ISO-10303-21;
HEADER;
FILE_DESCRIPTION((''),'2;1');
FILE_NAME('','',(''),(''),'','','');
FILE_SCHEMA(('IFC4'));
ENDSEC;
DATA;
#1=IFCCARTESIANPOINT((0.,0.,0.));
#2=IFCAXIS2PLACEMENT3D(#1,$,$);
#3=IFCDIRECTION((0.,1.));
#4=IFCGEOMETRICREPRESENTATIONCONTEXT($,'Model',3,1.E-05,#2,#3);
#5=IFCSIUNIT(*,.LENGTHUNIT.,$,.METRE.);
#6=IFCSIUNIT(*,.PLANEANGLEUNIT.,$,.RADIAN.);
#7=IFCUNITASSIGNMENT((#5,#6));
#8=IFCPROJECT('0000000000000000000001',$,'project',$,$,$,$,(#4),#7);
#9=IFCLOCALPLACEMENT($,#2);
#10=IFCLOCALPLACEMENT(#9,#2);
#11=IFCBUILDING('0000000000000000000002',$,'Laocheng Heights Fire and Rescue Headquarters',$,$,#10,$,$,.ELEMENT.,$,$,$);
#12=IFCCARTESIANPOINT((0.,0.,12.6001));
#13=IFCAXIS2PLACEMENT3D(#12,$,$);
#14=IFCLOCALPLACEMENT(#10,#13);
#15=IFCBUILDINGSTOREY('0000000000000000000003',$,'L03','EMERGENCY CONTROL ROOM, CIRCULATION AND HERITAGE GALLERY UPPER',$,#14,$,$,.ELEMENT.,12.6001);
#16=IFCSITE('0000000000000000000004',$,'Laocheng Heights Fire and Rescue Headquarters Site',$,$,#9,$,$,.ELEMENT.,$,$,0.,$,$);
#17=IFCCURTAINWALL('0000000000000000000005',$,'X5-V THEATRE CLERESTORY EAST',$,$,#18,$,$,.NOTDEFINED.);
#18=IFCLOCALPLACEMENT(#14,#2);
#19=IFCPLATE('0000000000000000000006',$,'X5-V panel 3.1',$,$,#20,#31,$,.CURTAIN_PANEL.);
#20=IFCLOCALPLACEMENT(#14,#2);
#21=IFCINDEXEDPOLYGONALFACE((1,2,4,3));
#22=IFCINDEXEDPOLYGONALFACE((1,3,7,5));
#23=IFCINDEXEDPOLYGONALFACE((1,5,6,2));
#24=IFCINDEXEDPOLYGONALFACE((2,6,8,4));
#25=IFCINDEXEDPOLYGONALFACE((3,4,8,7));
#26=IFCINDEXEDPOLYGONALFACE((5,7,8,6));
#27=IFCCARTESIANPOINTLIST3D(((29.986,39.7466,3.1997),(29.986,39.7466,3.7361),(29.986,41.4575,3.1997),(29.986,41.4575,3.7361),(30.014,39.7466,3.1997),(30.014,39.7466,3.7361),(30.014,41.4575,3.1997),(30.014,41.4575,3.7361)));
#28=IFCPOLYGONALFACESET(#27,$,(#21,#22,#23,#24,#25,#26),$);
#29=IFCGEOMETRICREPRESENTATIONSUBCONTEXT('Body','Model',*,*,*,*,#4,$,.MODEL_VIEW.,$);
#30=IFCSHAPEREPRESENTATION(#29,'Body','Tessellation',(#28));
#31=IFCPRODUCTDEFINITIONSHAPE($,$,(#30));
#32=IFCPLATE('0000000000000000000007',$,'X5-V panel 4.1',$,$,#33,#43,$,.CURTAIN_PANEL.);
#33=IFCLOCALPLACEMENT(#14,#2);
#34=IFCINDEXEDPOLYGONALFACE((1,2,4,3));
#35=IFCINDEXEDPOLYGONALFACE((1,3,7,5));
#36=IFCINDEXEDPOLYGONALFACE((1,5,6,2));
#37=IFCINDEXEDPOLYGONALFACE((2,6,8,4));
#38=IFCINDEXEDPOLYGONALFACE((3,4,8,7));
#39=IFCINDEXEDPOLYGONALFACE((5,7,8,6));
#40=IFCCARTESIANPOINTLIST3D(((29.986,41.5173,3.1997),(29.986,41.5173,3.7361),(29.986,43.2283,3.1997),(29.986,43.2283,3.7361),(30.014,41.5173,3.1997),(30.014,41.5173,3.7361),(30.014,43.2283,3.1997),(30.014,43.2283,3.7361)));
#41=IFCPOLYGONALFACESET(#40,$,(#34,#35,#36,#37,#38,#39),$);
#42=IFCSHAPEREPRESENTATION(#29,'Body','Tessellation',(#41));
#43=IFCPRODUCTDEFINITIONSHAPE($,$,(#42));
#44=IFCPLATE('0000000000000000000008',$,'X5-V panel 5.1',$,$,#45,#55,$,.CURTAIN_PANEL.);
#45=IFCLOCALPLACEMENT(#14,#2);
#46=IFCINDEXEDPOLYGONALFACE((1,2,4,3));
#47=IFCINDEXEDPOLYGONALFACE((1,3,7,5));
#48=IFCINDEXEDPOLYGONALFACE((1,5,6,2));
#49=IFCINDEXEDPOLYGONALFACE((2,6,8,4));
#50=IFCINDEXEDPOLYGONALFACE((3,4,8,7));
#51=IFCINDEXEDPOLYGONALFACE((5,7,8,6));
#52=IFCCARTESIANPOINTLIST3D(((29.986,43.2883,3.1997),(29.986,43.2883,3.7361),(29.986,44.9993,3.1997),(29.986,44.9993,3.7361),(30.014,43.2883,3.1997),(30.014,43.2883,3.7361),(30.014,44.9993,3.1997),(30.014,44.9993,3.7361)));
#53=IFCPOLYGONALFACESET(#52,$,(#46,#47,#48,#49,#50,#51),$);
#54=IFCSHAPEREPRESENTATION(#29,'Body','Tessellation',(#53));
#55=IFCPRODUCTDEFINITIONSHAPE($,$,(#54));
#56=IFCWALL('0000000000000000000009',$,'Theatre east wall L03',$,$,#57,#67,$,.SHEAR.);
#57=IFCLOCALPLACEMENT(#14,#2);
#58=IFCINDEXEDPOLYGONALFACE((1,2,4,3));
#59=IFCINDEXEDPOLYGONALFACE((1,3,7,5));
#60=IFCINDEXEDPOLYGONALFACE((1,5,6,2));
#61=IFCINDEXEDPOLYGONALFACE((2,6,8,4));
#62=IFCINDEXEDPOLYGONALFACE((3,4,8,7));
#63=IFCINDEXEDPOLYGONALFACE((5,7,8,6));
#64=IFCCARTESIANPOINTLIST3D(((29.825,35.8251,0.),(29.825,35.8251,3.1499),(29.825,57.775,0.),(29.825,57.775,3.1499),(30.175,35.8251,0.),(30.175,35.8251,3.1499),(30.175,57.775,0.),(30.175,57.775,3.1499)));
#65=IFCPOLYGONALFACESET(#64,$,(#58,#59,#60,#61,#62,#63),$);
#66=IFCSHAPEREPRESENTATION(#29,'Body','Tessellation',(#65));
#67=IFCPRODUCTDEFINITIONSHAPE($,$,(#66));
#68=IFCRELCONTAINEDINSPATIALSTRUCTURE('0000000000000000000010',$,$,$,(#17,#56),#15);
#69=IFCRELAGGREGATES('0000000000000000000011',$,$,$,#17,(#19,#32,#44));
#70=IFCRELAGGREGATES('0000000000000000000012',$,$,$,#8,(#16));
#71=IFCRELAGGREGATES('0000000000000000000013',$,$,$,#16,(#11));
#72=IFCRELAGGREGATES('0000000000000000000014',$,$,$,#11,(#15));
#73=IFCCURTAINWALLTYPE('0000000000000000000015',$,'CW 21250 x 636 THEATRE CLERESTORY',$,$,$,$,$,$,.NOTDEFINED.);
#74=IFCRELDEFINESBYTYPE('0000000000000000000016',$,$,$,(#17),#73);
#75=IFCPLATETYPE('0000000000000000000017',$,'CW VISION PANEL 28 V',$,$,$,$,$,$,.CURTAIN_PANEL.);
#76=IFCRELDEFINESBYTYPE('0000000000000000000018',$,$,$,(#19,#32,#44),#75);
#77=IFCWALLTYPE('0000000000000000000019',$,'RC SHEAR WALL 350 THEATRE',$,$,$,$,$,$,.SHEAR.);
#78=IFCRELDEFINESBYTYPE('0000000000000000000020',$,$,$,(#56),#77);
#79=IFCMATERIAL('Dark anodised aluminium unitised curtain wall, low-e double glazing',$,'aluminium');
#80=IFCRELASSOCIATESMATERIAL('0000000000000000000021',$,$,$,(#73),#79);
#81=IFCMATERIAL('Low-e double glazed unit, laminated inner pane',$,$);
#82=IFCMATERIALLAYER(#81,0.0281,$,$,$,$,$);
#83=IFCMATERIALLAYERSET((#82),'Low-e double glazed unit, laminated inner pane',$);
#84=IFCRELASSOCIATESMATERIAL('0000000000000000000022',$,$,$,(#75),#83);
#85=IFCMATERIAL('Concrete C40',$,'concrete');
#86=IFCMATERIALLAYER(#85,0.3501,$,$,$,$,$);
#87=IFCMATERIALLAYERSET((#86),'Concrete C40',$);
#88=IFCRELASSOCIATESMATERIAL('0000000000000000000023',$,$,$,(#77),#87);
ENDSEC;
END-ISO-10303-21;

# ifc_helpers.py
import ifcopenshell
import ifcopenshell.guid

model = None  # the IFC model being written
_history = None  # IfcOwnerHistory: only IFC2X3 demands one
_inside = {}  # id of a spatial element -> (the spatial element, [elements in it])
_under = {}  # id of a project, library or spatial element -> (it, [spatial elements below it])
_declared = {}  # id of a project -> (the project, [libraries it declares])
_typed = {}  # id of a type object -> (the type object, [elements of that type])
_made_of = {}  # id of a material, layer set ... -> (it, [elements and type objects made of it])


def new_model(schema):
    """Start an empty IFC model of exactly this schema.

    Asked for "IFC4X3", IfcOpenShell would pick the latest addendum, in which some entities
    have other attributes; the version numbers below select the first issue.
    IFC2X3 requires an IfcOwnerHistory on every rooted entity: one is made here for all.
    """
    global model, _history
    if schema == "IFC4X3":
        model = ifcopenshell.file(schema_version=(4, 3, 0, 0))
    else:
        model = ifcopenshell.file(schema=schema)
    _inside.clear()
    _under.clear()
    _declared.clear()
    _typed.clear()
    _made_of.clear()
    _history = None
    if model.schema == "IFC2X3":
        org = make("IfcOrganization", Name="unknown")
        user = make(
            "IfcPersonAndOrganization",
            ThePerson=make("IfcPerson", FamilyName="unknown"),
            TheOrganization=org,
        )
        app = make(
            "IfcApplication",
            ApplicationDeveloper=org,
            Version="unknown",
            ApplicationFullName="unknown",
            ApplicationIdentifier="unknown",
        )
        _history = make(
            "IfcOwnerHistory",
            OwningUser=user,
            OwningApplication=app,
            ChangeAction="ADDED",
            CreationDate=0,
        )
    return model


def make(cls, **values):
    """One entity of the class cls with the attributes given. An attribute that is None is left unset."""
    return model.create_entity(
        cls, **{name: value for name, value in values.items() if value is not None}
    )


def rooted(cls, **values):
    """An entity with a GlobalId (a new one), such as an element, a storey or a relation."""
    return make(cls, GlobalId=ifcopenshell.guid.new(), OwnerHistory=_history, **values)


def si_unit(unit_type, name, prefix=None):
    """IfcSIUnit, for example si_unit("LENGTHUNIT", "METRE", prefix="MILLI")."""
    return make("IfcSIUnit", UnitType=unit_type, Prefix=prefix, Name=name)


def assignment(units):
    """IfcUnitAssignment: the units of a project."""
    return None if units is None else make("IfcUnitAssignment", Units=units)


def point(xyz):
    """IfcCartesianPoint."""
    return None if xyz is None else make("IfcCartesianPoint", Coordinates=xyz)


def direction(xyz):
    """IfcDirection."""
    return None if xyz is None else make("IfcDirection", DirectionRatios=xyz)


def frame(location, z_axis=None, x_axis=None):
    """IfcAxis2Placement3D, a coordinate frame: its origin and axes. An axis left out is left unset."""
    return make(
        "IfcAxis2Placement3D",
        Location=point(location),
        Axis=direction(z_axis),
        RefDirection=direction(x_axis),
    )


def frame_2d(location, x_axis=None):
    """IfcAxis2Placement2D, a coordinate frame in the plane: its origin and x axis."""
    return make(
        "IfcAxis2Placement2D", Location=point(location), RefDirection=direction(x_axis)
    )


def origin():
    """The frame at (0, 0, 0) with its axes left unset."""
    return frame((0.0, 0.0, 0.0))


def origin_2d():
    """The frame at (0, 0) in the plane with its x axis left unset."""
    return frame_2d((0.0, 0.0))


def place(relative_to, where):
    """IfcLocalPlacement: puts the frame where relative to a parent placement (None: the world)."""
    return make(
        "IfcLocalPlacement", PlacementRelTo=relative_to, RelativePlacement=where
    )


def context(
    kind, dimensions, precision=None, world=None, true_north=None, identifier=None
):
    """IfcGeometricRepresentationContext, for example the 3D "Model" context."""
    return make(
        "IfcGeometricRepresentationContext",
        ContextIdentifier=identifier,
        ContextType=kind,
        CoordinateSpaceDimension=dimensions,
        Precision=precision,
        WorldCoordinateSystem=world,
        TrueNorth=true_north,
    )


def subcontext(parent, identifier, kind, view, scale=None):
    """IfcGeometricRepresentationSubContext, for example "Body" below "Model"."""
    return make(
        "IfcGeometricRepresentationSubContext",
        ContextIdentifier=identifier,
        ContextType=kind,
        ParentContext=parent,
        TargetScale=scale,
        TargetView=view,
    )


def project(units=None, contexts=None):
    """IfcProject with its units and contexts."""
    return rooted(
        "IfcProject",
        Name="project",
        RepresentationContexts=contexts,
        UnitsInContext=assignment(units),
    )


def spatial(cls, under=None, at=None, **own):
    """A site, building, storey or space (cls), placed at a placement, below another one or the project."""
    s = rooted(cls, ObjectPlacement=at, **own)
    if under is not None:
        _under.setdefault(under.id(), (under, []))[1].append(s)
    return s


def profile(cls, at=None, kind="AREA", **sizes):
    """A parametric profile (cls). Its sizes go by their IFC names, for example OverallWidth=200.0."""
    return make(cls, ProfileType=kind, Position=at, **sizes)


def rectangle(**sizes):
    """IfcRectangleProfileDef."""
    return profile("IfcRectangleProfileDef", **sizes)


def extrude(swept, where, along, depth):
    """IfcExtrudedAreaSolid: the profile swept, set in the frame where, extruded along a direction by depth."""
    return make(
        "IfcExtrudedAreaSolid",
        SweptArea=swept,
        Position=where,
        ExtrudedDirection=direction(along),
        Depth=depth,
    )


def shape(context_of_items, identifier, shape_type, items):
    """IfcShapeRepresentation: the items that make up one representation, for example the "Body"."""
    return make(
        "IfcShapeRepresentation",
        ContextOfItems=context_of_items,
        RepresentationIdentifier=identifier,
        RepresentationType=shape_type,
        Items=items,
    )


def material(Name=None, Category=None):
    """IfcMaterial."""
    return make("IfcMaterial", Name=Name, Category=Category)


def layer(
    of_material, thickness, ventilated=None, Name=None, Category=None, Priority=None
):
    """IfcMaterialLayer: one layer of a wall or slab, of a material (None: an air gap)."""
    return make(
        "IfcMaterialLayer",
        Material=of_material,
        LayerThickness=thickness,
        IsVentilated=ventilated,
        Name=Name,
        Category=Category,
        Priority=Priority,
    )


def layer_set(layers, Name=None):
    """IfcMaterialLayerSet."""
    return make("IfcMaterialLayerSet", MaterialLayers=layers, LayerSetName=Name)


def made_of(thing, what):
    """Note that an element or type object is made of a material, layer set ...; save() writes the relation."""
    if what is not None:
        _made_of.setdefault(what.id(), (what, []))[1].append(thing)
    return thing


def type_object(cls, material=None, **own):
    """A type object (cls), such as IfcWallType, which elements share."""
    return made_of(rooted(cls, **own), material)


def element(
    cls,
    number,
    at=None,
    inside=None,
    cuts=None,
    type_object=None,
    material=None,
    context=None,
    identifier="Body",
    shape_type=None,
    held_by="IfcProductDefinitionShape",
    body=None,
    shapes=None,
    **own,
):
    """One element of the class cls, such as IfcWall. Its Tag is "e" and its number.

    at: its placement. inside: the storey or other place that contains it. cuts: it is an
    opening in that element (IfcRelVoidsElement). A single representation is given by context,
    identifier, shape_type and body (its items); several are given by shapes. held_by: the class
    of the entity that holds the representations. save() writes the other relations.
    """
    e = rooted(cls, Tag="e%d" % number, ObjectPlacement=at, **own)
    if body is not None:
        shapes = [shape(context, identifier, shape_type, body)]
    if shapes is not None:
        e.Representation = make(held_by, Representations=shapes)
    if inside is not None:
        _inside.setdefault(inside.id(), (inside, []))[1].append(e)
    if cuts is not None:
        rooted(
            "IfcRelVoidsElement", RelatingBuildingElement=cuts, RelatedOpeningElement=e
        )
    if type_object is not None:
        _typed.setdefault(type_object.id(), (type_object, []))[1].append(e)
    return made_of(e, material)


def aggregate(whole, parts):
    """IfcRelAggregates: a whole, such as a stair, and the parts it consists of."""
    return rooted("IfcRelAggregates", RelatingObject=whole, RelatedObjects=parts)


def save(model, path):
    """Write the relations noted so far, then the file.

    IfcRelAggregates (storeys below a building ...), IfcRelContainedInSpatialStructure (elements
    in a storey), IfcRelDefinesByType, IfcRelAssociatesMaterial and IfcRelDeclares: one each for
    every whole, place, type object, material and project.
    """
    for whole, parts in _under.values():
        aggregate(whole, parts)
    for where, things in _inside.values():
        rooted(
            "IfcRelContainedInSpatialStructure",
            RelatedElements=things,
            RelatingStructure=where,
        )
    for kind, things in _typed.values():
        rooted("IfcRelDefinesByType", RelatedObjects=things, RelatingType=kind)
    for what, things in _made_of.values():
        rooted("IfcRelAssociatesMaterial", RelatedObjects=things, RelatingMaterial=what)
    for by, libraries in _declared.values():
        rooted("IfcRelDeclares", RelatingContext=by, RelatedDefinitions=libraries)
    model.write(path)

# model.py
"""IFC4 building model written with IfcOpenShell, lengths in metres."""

from ifc_helpers import new_model, si_unit, direction, frame, frame_2d, origin, origin_2d, place, context, subcontext, project, spatial, rectangle, extrude, material, layer, layer_set, type_object, element, aggregate, save


model = new_model("IFC4")

# Units and contexts
model_context = context("Model", 3, precision=1e-05, world=origin(), true_north=direction((0.0, 1.0)))
body_context = subcontext(model_context, "Body", "Model", "MODEL_VIEW")
ifc_project = project(units=[si_unit("LENGTHUNIT", "METRE"), si_unit("PLANEANGLEUNIT", "RADIAN")], contexts=[model_context])

# Site, building, storey
site_placement = place(None, origin())
site = spatial("IfcSite", under=ifc_project, at=site_placement, Name="Laocheng Heights Fire and Rescue Headquarters Site", CompositionType="ELEMENT", RefElevation=0.0)
building_placement = place(site_placement, origin())
building = spatial("IfcBuilding", under=site, at=building_placement, Name="Laocheng Heights Fire and Rescue Headquarters", CompositionType="ELEMENT")
storey_placement = place(building_placement, frame((0.0, 0.0, 12.6001)))
storey = spatial("IfcBuildingStorey", under=building, at=storey_placement, Name="L03", Description="EMERGENCY CONTROL ROOM, CIRCULATION AND HERITAGE GALLERY UPPER", CompositionType="ELEMENT", Elevation=12.6001)

# Curtain wall
ifc_material_1 = material(Name="Dark anodised aluminium unitised curtain wall, low-e double glazing", Category="aluminium")
curtain_wall_type = type_object("IfcCurtainWallType", Name="CW 21250 x 636 THEATRE CLERESTORY", PredefinedType="NOTDEFINED", material=ifc_material_1)
curtain_wall_placement = place(storey_placement, origin())
curtain_wall = element("IfcCurtainWall", 1, at=curtain_wall_placement, inside=storey, type_object=curtain_wall_type, Name="X5-V THEATRE CLERESTORY EAST", PredefinedType="NOTDEFINED")

# Plates
ifc_material_2 = material(Name="Low-e double glazed unit, laminated inner pane")
ifc_layer_1 = layer(ifc_material_2, 0.0281)
ifc_layer_set_1 = layer_set([ifc_layer_1], Name="Low-e double glazed unit, laminated inner pane")
plate_type = type_object("IfcPlateType", Name="CW VISION PANEL 28 V", PredefinedType="CURTAIN_PANEL", material=ifc_layer_set_1)
plate_1_placement = place(storey_placement, frame((30.0, 40.6021, 3.1997), z_axis=(0.0, 0.0, 1.0), x_axis=(0.0, 1.0, 0.0)))
plate_1 = element("IfcPlate", 2, at=plate_1_placement, type_object=plate_type, Name="X5-V panel 3.1", PredefinedType="CURTAIN_PANEL", context=body_context, shape_type="SweptSolid", body=[
    extrude(rectangle(XDim=1.7109, YDim=0.0281, at=origin_2d()), origin(), (0.0, 0.0, 1.0), 0.5364),
])
plate_2_placement = place(storey_placement, frame((30.0, 42.3728, 3.1997), z_axis=(0.0, 0.0, 1.0), x_axis=(0.0, 1.0, 0.0)))
plate_2 = element("IfcPlate", 3, at=plate_2_placement, type_object=plate_type, Name="X5-V panel 4.1", PredefinedType="CURTAIN_PANEL", context=body_context, shape_type="SweptSolid", body=[
    extrude(rectangle(XDim=1.7109, YDim=0.0281, at=origin_2d()), origin(), (0.0, 0.0, 1.0), 0.5364),
])
plate_3_placement = place(storey_placement, frame((30.0, 44.1438, 3.1997), z_axis=(0.0, 0.0, 1.0), x_axis=(0.0, 1.0, 0.0)))
plate_3 = element("IfcPlate", 4, at=plate_3_placement, type_object=plate_type, Name="X5-V panel 5.1", PredefinedType="CURTAIN_PANEL", context=body_context, shape_type="SweptSolid", body=[
    extrude(rectangle(XDim=1.7109, YDim=0.0281, at=origin_2d()), origin(), (0.0, 0.0, 1.0), 0.5364),
])
aggregate(curtain_wall, [plate_1, plate_2, plate_3])

# Wall
ifc_material_3 = material(Name="Concrete C40", Category="concrete")
ifc_layer_2 = layer(ifc_material_3, 0.3501)
ifc_layer_set_2 = layer_set([ifc_layer_2], Name="Concrete C40")
wall_type = type_object("IfcWallType", Name="RC SHEAR WALL 350 THEATRE", PredefinedType="SHEAR", material=ifc_layer_set_2)
wall_placement = place(storey_placement, frame((30.0, 35.825, 0.0), z_axis=(0.0, 0.0, 1.0), x_axis=(0.0, 1.0, 0.0)))
element("IfcWall", 5, at=wall_placement, inside=storey, type_object=wall_type, Name="Theatre east wall L03", PredefinedType="SHEAR", context=body_context, shape_type="SweptSolid", body=[
    extrude(rectangle(XDim=21.95, YDim=0.3501, at=frame_2d((10.9751, 0.0))), origin(), (0.0, 0.0, 1.0), 3.1499),
])

save(model, "model.ifc")
